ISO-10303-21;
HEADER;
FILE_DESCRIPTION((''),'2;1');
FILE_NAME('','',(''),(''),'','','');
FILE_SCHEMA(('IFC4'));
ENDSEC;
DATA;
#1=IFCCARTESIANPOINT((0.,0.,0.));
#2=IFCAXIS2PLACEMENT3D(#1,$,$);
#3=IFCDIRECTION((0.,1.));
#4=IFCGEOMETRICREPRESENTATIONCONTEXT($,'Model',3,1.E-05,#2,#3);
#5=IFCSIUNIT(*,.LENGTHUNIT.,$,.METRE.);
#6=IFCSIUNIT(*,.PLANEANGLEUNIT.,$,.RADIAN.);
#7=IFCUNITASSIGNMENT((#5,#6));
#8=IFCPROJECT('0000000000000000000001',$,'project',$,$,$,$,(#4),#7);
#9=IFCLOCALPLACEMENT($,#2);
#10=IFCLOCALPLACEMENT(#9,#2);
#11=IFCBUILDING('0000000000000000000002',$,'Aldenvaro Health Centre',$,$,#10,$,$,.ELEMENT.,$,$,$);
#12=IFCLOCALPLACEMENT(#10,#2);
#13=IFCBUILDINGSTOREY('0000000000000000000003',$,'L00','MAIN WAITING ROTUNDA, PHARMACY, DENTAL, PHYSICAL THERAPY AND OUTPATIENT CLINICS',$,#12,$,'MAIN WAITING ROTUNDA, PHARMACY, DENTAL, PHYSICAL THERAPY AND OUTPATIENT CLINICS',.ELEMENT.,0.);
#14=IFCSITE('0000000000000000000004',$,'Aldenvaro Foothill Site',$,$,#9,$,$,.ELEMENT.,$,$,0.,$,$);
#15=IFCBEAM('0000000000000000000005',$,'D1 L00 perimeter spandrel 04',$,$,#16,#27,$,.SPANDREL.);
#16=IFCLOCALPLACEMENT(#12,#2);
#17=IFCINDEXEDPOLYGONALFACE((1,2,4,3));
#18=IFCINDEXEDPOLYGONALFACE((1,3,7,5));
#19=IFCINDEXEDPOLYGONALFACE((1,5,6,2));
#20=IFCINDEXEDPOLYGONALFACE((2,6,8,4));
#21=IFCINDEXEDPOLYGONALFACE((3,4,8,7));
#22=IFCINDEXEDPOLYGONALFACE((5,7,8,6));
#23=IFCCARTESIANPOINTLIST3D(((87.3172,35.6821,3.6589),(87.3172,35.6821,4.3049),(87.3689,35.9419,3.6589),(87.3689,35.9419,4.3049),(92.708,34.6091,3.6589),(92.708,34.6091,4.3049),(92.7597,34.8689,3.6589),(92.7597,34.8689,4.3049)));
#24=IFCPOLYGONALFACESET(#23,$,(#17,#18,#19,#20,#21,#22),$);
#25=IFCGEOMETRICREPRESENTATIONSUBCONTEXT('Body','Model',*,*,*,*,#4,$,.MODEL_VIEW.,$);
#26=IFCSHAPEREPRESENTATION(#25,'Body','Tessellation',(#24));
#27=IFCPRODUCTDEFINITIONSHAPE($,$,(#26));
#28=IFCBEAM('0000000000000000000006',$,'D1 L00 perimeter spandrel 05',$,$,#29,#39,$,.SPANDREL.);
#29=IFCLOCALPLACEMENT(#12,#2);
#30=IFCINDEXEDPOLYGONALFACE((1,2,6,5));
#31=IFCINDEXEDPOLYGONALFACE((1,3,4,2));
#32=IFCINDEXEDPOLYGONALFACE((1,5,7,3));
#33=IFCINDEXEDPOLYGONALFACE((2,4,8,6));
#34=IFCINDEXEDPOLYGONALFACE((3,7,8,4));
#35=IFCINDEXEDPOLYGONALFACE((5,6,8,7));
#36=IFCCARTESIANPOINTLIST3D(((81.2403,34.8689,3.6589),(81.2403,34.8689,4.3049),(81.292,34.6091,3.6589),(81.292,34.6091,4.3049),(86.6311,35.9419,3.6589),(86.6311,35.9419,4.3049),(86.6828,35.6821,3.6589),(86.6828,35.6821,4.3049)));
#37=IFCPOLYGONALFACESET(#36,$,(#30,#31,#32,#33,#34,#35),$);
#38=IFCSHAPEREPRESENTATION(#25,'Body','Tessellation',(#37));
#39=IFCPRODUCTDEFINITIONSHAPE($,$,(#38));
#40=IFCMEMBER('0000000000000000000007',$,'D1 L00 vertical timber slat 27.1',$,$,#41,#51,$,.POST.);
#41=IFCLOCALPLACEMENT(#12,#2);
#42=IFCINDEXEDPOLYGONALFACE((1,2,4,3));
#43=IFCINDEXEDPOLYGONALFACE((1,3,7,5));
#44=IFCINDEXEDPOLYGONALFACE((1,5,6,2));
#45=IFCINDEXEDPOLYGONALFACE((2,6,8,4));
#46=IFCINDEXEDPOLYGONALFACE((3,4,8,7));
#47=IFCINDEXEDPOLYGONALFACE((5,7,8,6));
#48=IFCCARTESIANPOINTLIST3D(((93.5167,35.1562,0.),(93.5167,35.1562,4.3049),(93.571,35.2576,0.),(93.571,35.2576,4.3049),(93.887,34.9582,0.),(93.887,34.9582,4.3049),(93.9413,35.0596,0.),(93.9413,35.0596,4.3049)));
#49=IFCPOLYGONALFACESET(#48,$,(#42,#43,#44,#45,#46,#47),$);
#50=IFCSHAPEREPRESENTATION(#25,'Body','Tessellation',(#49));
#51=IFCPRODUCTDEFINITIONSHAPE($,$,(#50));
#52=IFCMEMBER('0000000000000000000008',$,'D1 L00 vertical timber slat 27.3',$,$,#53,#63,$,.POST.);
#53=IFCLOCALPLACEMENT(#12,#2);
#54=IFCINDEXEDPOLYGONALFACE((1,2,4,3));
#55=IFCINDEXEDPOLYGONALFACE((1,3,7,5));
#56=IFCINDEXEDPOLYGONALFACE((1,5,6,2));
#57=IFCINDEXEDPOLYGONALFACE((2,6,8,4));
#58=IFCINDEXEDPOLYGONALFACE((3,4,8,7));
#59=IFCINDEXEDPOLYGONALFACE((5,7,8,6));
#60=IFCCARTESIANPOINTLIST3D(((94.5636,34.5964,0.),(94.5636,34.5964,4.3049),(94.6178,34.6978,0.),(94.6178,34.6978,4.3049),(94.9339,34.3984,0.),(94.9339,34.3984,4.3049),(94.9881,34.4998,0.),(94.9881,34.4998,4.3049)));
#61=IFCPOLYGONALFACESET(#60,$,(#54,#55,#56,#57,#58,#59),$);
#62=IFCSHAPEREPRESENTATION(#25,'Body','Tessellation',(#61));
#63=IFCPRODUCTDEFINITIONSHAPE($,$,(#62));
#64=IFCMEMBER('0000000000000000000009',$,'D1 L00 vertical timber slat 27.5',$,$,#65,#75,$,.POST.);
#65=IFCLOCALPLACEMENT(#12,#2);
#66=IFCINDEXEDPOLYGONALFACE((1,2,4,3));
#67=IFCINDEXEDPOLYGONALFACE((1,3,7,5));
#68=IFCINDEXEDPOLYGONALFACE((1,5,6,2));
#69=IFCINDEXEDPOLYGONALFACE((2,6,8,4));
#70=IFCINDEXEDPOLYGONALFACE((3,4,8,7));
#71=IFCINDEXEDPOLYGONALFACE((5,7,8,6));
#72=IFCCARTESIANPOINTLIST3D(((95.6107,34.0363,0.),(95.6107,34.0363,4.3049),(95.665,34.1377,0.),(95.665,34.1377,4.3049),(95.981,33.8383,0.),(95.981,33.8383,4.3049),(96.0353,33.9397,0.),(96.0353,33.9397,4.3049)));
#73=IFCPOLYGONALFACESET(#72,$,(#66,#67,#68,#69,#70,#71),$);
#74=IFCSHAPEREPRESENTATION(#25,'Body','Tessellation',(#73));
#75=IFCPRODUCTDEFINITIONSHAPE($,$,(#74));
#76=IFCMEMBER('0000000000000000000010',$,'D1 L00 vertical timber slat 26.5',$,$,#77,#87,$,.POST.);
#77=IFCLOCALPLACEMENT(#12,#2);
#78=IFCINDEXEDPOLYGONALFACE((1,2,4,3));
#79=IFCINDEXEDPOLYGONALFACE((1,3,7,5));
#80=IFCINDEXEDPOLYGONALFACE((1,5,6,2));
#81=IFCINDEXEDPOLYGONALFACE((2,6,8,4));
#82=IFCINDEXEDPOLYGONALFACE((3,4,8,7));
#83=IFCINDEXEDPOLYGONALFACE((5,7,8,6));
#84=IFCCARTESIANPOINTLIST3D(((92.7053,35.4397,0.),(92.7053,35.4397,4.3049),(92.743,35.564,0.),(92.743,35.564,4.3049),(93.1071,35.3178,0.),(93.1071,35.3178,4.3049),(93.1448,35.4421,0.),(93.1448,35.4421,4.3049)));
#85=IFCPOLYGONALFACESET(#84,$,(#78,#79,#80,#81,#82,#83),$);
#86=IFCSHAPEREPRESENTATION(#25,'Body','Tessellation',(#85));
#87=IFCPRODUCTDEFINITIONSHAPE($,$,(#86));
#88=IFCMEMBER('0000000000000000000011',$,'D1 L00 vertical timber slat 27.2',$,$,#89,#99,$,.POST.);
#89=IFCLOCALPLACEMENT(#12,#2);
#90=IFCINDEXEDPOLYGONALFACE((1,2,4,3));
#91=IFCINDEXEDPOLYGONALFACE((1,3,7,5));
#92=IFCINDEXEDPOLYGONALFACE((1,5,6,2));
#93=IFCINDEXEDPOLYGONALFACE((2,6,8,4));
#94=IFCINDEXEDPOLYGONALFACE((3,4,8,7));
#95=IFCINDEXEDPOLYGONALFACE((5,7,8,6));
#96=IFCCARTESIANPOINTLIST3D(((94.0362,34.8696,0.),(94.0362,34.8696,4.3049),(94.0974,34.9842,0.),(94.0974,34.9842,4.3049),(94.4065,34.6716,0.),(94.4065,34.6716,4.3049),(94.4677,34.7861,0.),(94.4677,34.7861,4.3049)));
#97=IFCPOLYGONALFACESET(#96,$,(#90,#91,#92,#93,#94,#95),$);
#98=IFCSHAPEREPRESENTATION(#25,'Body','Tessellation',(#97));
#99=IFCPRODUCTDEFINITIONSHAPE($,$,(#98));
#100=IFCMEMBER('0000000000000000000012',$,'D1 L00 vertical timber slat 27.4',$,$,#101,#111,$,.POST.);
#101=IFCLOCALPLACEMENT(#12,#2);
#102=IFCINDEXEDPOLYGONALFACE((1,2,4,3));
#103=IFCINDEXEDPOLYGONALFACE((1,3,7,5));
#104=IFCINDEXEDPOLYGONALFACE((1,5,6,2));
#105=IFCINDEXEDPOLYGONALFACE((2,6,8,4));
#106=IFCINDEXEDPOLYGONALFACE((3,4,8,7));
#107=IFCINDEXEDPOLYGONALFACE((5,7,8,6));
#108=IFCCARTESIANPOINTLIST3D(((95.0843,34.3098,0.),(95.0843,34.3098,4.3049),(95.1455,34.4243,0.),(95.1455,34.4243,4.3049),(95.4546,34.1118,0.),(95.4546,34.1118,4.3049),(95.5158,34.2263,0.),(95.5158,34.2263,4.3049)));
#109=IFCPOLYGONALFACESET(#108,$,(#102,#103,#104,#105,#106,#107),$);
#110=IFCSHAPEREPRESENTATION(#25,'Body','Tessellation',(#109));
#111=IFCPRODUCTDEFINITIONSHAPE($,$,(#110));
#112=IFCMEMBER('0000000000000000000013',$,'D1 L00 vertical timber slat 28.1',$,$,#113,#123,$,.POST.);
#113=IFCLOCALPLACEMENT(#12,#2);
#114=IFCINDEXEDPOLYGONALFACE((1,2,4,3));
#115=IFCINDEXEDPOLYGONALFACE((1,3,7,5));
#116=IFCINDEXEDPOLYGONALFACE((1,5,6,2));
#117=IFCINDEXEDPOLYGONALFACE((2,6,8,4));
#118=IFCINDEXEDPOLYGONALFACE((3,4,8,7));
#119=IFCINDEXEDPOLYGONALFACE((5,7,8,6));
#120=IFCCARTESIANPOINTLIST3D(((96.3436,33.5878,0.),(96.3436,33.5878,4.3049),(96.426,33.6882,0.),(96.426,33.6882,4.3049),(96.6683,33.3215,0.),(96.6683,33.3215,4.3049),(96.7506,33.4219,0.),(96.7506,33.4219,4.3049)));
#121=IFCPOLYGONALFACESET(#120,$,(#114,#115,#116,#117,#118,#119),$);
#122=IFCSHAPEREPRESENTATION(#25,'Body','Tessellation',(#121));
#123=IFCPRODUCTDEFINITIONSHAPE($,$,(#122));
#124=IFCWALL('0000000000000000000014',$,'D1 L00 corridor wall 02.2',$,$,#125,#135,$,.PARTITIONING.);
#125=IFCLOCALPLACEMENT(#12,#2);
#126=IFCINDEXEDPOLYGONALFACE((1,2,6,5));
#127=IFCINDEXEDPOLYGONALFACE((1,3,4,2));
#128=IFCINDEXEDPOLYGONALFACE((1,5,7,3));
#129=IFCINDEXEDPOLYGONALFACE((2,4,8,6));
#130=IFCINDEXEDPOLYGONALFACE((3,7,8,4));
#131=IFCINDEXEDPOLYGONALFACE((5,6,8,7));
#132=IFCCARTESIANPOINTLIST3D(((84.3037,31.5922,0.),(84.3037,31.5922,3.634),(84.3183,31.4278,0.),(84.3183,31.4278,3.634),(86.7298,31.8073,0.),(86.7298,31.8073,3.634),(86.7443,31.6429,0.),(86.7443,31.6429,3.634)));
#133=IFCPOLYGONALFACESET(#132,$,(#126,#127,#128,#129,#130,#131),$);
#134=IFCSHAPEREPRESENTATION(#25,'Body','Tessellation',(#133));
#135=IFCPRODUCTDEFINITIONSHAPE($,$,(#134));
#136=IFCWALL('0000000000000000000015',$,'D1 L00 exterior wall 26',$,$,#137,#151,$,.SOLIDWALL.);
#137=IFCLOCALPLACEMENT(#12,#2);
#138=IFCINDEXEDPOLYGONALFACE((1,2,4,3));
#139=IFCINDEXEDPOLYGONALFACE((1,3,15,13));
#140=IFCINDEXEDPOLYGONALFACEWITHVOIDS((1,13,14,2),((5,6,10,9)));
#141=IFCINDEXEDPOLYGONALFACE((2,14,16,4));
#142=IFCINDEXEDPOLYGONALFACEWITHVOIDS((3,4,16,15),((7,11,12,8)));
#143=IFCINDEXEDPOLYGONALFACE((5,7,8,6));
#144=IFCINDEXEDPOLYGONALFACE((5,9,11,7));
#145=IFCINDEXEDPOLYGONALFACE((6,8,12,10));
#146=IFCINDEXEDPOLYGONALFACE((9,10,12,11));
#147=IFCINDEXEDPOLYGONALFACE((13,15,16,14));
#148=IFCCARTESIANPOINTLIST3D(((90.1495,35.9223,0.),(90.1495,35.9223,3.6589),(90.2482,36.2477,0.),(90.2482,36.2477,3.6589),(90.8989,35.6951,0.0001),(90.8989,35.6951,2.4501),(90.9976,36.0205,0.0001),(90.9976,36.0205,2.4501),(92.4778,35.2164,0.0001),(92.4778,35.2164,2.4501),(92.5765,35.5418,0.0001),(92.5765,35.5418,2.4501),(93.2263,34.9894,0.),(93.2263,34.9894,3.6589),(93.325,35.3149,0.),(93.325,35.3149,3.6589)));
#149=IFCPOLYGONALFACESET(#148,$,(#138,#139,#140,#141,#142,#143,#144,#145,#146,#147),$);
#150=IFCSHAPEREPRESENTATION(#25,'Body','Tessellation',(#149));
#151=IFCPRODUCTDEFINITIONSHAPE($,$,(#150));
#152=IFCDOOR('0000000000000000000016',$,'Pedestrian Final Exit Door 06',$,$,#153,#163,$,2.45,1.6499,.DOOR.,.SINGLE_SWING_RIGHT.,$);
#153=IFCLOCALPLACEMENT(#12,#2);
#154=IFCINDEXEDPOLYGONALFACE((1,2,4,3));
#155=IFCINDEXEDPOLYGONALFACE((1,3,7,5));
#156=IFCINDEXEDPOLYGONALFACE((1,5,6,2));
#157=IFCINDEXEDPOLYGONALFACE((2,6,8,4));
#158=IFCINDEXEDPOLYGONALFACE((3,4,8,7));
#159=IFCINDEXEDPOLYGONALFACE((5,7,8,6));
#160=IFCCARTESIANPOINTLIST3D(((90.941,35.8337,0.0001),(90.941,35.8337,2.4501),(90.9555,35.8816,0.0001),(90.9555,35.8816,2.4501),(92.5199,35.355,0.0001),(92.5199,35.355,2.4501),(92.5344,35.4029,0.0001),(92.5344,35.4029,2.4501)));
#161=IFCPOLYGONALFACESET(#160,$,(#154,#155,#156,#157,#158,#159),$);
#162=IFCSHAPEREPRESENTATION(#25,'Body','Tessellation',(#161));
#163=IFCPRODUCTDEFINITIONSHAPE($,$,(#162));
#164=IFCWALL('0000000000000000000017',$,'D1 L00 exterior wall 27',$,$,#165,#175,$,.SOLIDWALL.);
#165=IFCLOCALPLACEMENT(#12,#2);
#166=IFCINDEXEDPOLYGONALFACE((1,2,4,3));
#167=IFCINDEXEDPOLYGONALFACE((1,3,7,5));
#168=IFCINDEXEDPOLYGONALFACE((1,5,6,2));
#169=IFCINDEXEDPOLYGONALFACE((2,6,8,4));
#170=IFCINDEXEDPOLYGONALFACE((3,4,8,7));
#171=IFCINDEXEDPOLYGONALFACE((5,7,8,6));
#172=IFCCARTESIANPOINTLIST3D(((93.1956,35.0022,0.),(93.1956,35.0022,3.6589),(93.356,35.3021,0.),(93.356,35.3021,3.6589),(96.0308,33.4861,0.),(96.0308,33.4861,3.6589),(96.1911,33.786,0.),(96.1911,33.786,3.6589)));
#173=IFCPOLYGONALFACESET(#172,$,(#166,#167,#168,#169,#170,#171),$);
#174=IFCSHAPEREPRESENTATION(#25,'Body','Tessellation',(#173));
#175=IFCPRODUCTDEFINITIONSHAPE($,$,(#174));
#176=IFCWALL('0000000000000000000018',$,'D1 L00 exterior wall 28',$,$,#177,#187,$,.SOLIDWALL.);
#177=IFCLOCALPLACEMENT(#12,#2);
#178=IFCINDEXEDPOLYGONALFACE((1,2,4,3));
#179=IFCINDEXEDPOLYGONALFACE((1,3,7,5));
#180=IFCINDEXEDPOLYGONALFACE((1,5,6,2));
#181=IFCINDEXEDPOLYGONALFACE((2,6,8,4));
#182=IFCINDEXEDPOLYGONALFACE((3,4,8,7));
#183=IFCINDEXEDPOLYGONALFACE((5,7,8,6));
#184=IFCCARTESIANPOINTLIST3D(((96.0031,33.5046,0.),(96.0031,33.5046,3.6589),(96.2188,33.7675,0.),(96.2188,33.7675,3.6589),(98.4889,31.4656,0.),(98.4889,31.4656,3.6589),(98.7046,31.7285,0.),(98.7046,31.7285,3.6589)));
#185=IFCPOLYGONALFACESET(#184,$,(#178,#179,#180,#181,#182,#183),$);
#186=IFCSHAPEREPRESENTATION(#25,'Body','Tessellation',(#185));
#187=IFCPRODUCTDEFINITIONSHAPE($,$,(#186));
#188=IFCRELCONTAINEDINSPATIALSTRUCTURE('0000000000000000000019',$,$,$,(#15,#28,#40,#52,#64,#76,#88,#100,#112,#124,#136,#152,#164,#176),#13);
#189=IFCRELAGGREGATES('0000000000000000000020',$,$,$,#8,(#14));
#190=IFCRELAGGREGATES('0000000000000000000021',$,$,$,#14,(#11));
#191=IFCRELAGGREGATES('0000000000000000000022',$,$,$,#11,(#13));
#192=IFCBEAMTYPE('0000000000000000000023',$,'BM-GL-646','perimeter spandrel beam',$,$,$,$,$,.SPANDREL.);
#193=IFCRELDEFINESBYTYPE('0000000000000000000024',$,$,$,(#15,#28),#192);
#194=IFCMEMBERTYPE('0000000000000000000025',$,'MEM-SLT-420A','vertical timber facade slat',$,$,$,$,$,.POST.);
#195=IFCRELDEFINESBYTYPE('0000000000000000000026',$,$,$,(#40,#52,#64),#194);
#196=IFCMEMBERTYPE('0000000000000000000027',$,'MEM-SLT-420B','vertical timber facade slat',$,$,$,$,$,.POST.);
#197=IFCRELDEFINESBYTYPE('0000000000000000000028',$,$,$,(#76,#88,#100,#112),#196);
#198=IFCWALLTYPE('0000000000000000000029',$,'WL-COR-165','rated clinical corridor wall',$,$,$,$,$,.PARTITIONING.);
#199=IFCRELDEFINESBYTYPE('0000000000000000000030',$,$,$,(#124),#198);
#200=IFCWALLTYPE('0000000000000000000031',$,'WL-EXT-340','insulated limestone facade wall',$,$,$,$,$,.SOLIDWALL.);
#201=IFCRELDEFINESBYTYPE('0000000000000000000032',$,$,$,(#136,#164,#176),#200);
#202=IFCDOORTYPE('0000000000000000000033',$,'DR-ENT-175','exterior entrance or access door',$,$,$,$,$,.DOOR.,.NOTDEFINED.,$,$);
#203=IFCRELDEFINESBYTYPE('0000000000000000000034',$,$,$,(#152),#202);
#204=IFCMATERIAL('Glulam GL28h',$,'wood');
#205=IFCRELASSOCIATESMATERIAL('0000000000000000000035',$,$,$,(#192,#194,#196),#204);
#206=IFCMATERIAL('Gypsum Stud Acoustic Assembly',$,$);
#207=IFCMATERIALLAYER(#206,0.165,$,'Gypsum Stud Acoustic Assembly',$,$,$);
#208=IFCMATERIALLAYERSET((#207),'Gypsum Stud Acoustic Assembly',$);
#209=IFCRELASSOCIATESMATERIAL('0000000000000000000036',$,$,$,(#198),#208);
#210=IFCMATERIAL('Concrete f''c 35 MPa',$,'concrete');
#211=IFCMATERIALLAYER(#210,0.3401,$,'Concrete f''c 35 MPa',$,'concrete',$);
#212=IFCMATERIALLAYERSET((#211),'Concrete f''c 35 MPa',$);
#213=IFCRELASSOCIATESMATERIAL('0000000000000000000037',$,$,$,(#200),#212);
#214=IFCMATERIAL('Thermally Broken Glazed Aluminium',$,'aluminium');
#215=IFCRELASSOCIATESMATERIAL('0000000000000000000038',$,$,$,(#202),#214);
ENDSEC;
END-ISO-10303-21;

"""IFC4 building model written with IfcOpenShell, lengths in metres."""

from ifc_helpers import new_model, si_unit, direction, frame, frame_2d, origin, origin_2d, place, context, subcontext, project, spatial, rectangle, extrude, material, layer, layer_set, material_profile, profile_set, type_object, element, fill, save


model = new_model("IFC4")

# Units and contexts
model_context = context("Model", 3, precision=1e-05, world=origin(), true_north=direction((0.0, 1.0)))
body_context = subcontext(model_context, "Body", "Model", "MODEL_VIEW")
ifc_project = project(units=[si_unit("LENGTHUNIT", "METRE"), si_unit("PLANEANGLEUNIT", "RADIAN")], contexts=[model_context])

# Site, building, storey
site_placement = place(None, origin())
site = spatial("IfcSite", under=ifc_project, at=site_placement, Name="Aldenvaro Foothill Site", CompositionType="ELEMENT", RefElevation=0.0)
building_placement = place(site_placement, origin())
building = spatial("IfcBuilding", under=site, at=building_placement, Name="Aldenvaro Health Centre", CompositionType="ELEMENT")
storey_placement = place(building_placement, origin())
storey = spatial("IfcBuildingStorey", under=building, at=storey_placement, Name="L00", Description="MAIN WAITING ROTUNDA, PHARMACY, DENTAL, PHYSICAL THERAPY AND OUTPATIENT CLINICS", LongName="MAIN WAITING ROTUNDA, PHARMACY, DENTAL, PHYSICAL THERAPY AND OUTPATIENT CLINICS", CompositionType="ELEMENT", Elevation=0.0)

# Beams
ifc_material_1 = material(Name="Glulam GL28h", Category="wood")
ifc_material_profile_1 = material_profile(ifc_material_1, rectangle(XDim=0.2649, YDim=0.646, at=origin_2d()), Name="GL 265x646", Category="wood")
ifc_profile_set_1 = profile_set([ifc_material_profile_1], Name="Glulam GL28h")
beam_type_1 = type_object("IfcBeamType", Name="BM-GL-646", Description="perimeter spandrel beam", PredefinedType="SPANDREL", material=ifc_profile_set_1)
for number, where, z_axis, x_axis, name in (
    (1, (92.7339, 34.739, 3.9819), (-0.980761, 0.195211, 0.0), (-0.195211, -0.980761, 0.0), "D1 L00 perimeter spandrel 04"),
    (2, (86.657, 35.812, 3.9819), (-0.980761, -0.195211, 0.0), (0.195211, -0.980761, 0.0), "D1 L00 perimeter spandrel 05"),
):
    element("IfcBeam", number, at=place(storey_placement, frame(where, z_axis=z_axis, x_axis=x_axis)), inside=storey, type_object=beam_type_1, Name=name, PredefinedType="SPANDREL", context=body_context, shape_type="SweptSolid", body=[
        extrude(rectangle(XDim=0.2649, YDim=0.646, at=origin_2d()), origin(), (0.0, 0.0, 1.0), 5.4966),
    ])

# Members
ifc_material_profile_2 = material_profile(ifc_material_1, rectangle(XDim=0.115, YDim=0.4199, at=origin_2d()), Name="GL 115x420", Category="wood")
ifc_profile_set_2 = profile_set([ifc_material_profile_2], Name="Glulam GL28h")
member_type_1 = type_object("IfcMemberType", Name="MEM-SLT-420A", Description="vertical timber facade slat", PredefinedType="POST", material=ifc_profile_set_2)
for number, where, z_axis, x_axis, name in (
    (3, (93.729, 35.1079, 0.0), (0.0, 0.0, 1.0), (0.471557, 0.881836, 0.0), "D1 L00 vertical timber slat 27.1"),
    (4, (94.7759, 34.5481, 0.0), (0.0, 0.0, 1.0), (0.471557, 0.881836, 0.0), "D1 L00 vertical timber slat 27.3"),
    (5, (95.823, 33.988, 0.0), (0.0, 0.0, 1.0), (0.471557, 0.881836, 0.0), "D1 L00 vertical timber slat 27.5"),
):
    element("IfcMember", number, at=place(storey_placement, frame(where, z_axis=z_axis, x_axis=x_axis)), inside=storey, type_object=member_type_1, Name=name, PredefinedType="POST", context=body_context, shape_type="SweptSolid", body=[
        extrude(rectangle(XDim=0.115, YDim=0.4199, at=origin_2d()), origin(), (0.0, 0.0, 1.0), 4.3049),
    ])
ifc_material_profile_3 = material_profile(ifc_material_1, rectangle(XDim=0.1299, YDim=0.4199, at=origin_2d()), Name="GL 130x420", Category="wood")
ifc_profile_set_3 = profile_set([ifc_material_profile_3], Name="Glulam GL28h")
member_type_2 = type_object("IfcMemberType", Name="MEM-SLT-420B", Description="vertical timber facade slat", PredefinedType="POST", material=ifc_profile_set_3)
for number, where, z_axis, x_axis, name in (
    (6, (92.925, 35.4409, 0.0), (0.0, 0.0, 1.0), (0.290171, 0.956975, 0.0), "D1 L00 vertical timber slat 26.5"),
    (7, (94.252, 34.8279, 0.0), (0.0, 0.0, 1.0), (0.471557, 0.881836, 0.0), "D1 L00 vertical timber slat 27.2"),
    (8, (95.3, 34.2681, 0.0), (0.0, 0.0, 1.0), (0.471557, 0.881836, 0.0), "D1 L00 vertical timber slat 27.4"),
    (9, (96.5471, 33.5049, 0.0), (0.0, 0.0, 1.0), (0.634169, 0.773195, 0.0), "D1 L00 vertical timber slat 28.1"),
):
    element("IfcMember", number, at=place(storey_placement, frame(where, z_axis=z_axis, x_axis=x_axis)), inside=storey, type_object=member_type_2, Name=name, PredefinedType="POST", context=body_context, shape_type="SweptSolid", body=[
        extrude(rectangle(XDim=0.1299, YDim=0.4199, at=origin_2d()), origin(), (0.0, 0.0, 1.0), 4.3049),
    ])

# Wall
ifc_material_2 = material(Name="Gypsum Stud Acoustic Assembly")
ifc_layer_1 = layer(ifc_material_2, 0.165, Name="Gypsum Stud Acoustic Assembly")
ifc_layer_set_1 = layer_set([ifc_layer_1], Name="Gypsum Stud Acoustic Assembly")
wall_type_1 = type_object("IfcWallType", Name="WL-COR-165", Description="rated clinical corridor wall", PredefinedType="PARTITIONING", material=ifc_layer_set_1)
wall_1_placement = place(storey_placement, frame((86.7371, 31.7251, 0.0), z_axis=(0.0, 0.0, 1.0), x_axis=(-0.996093, -0.088312, 0.0)))
element("IfcWall", 10, at=wall_1_placement, inside=storey, type_object=wall_type_1, Name="D1 L00 corridor wall 02.2", PredefinedType="PARTITIONING", context=body_context, shape_type="SweptSolid", body=[
    extrude(rectangle(XDim=2.4355, YDim=0.165, at=frame_2d((1.2178, 0.0))), origin(), (0.0, 0.0, 1.0), 3.634),
])

# Wall, opening, door
ifc_material_3 = material(Name="Concrete f'c 35 MPa", Category="concrete")
ifc_layer_2 = layer(ifc_material_3, 0.3401, Name="Concrete f'c 35 MPa", Category="concrete")
ifc_layer_set_2 = layer_set([ifc_layer_2], Name="Concrete f'c 35 MPa")
wall_type_2 = type_object("IfcWallType", Name="WL-EXT-340", Description="insulated limestone facade wall", PredefinedType="SOLIDWALL", material=ifc_layer_set_2)
wall_2_placement = place(storey_placement, frame((90.199, 36.085, 0.0), z_axis=(0.0, 0.0, 1.0), x_axis=(0.956984, -0.29014, 0.0)))
wall_2 = element("IfcWall", 11, at=wall_2_placement, inside=storey, type_object=wall_type_2, Name="D1 L00 exterior wall 26", PredefinedType="SOLIDWALL", context=body_context, shape_type="SweptSolid", body=[
    extrude(rectangle(XDim=3.2151, YDim=0.3401, at=frame_2d((1.6074, 0.0))), origin(), (0.0, 0.0, 1.0), 3.6589),
])
opening_placement = place(wall_2_placement, frame((0.783, 0.0, 0.0)))
opening = element("IfcOpeningElement", 12, at=opening_placement, cuts=wall_2, PredefinedType="OPENING", context=body_context, shape_type="SweptSolid", body=[
    extrude(rectangle(XDim=1.6499, YDim=2.45, at=frame_2d((0.825, 1.2251))), frame((0.0, 0.1802, 0.0), z_axis=(0.0, -1.0, 0.0), x_axis=(1.0, 0.0, 0.0)), (0.0, 0.0, 1.0), 0.3601),
])
ifc_material_4 = material(Name="Thermally Broken Glazed Aluminium", Category="aluminium")
door_type = type_object("IfcDoorType", Name="DR-ENT-175", Description="exterior entrance or access door", OperationType="NOTDEFINED", PredefinedType="DOOR", material=ifc_material_4)
door_placement = place(opening_placement, origin())
door = element("IfcDoor", 13, at=door_placement, inside=storey, type_object=door_type, Name="Pedestrian Final Exit Door 06", OperationType="SINGLE_SWING_RIGHT", OverallHeight=2.45, OverallWidth=1.6499, PredefinedType="DOOR", context=body_context, shape_type="SweptSolid", body=[
    extrude(rectangle(XDim=1.6499, YDim=2.45, at=frame_2d((0.825, 1.2251))), frame((0.0, 0.0249, 0.0), z_axis=(0.0, -1.0, 0.0), x_axis=(1.0, 0.0, 0.0)), (0.0, 0.0, 1.0), 0.05),
])
fill(opening, door)

# Walls
for number, where, z_axis, x_axis, name in (
    (14, (93.2759, 35.1521, 0.0), (0.0, 0.0, 1.0), (0.881835, -0.471558, 0.0), "D1 L00 exterior wall 27"),
    (15, (96.1111, 33.636, 0.0), (0.0, 0.0, 1.0), (0.773165, -0.634205, 0.0), "D1 L00 exterior wall 28"),
):
    element("IfcWall", number, at=place(storey_placement, frame(where, z_axis=z_axis, x_axis=x_axis)), inside=storey, type_object=wall_type_2, Name=name, PredefinedType="SOLIDWALL", context=body_context, shape_type="SweptSolid", body=[
        extrude(rectangle(XDim=3.2151, YDim=0.3401, at=frame_2d((1.6074, 0.0))), origin(), (0.0, 0.0, 1.0), 3.6589),
    ])

save(model, "model.ifc")
